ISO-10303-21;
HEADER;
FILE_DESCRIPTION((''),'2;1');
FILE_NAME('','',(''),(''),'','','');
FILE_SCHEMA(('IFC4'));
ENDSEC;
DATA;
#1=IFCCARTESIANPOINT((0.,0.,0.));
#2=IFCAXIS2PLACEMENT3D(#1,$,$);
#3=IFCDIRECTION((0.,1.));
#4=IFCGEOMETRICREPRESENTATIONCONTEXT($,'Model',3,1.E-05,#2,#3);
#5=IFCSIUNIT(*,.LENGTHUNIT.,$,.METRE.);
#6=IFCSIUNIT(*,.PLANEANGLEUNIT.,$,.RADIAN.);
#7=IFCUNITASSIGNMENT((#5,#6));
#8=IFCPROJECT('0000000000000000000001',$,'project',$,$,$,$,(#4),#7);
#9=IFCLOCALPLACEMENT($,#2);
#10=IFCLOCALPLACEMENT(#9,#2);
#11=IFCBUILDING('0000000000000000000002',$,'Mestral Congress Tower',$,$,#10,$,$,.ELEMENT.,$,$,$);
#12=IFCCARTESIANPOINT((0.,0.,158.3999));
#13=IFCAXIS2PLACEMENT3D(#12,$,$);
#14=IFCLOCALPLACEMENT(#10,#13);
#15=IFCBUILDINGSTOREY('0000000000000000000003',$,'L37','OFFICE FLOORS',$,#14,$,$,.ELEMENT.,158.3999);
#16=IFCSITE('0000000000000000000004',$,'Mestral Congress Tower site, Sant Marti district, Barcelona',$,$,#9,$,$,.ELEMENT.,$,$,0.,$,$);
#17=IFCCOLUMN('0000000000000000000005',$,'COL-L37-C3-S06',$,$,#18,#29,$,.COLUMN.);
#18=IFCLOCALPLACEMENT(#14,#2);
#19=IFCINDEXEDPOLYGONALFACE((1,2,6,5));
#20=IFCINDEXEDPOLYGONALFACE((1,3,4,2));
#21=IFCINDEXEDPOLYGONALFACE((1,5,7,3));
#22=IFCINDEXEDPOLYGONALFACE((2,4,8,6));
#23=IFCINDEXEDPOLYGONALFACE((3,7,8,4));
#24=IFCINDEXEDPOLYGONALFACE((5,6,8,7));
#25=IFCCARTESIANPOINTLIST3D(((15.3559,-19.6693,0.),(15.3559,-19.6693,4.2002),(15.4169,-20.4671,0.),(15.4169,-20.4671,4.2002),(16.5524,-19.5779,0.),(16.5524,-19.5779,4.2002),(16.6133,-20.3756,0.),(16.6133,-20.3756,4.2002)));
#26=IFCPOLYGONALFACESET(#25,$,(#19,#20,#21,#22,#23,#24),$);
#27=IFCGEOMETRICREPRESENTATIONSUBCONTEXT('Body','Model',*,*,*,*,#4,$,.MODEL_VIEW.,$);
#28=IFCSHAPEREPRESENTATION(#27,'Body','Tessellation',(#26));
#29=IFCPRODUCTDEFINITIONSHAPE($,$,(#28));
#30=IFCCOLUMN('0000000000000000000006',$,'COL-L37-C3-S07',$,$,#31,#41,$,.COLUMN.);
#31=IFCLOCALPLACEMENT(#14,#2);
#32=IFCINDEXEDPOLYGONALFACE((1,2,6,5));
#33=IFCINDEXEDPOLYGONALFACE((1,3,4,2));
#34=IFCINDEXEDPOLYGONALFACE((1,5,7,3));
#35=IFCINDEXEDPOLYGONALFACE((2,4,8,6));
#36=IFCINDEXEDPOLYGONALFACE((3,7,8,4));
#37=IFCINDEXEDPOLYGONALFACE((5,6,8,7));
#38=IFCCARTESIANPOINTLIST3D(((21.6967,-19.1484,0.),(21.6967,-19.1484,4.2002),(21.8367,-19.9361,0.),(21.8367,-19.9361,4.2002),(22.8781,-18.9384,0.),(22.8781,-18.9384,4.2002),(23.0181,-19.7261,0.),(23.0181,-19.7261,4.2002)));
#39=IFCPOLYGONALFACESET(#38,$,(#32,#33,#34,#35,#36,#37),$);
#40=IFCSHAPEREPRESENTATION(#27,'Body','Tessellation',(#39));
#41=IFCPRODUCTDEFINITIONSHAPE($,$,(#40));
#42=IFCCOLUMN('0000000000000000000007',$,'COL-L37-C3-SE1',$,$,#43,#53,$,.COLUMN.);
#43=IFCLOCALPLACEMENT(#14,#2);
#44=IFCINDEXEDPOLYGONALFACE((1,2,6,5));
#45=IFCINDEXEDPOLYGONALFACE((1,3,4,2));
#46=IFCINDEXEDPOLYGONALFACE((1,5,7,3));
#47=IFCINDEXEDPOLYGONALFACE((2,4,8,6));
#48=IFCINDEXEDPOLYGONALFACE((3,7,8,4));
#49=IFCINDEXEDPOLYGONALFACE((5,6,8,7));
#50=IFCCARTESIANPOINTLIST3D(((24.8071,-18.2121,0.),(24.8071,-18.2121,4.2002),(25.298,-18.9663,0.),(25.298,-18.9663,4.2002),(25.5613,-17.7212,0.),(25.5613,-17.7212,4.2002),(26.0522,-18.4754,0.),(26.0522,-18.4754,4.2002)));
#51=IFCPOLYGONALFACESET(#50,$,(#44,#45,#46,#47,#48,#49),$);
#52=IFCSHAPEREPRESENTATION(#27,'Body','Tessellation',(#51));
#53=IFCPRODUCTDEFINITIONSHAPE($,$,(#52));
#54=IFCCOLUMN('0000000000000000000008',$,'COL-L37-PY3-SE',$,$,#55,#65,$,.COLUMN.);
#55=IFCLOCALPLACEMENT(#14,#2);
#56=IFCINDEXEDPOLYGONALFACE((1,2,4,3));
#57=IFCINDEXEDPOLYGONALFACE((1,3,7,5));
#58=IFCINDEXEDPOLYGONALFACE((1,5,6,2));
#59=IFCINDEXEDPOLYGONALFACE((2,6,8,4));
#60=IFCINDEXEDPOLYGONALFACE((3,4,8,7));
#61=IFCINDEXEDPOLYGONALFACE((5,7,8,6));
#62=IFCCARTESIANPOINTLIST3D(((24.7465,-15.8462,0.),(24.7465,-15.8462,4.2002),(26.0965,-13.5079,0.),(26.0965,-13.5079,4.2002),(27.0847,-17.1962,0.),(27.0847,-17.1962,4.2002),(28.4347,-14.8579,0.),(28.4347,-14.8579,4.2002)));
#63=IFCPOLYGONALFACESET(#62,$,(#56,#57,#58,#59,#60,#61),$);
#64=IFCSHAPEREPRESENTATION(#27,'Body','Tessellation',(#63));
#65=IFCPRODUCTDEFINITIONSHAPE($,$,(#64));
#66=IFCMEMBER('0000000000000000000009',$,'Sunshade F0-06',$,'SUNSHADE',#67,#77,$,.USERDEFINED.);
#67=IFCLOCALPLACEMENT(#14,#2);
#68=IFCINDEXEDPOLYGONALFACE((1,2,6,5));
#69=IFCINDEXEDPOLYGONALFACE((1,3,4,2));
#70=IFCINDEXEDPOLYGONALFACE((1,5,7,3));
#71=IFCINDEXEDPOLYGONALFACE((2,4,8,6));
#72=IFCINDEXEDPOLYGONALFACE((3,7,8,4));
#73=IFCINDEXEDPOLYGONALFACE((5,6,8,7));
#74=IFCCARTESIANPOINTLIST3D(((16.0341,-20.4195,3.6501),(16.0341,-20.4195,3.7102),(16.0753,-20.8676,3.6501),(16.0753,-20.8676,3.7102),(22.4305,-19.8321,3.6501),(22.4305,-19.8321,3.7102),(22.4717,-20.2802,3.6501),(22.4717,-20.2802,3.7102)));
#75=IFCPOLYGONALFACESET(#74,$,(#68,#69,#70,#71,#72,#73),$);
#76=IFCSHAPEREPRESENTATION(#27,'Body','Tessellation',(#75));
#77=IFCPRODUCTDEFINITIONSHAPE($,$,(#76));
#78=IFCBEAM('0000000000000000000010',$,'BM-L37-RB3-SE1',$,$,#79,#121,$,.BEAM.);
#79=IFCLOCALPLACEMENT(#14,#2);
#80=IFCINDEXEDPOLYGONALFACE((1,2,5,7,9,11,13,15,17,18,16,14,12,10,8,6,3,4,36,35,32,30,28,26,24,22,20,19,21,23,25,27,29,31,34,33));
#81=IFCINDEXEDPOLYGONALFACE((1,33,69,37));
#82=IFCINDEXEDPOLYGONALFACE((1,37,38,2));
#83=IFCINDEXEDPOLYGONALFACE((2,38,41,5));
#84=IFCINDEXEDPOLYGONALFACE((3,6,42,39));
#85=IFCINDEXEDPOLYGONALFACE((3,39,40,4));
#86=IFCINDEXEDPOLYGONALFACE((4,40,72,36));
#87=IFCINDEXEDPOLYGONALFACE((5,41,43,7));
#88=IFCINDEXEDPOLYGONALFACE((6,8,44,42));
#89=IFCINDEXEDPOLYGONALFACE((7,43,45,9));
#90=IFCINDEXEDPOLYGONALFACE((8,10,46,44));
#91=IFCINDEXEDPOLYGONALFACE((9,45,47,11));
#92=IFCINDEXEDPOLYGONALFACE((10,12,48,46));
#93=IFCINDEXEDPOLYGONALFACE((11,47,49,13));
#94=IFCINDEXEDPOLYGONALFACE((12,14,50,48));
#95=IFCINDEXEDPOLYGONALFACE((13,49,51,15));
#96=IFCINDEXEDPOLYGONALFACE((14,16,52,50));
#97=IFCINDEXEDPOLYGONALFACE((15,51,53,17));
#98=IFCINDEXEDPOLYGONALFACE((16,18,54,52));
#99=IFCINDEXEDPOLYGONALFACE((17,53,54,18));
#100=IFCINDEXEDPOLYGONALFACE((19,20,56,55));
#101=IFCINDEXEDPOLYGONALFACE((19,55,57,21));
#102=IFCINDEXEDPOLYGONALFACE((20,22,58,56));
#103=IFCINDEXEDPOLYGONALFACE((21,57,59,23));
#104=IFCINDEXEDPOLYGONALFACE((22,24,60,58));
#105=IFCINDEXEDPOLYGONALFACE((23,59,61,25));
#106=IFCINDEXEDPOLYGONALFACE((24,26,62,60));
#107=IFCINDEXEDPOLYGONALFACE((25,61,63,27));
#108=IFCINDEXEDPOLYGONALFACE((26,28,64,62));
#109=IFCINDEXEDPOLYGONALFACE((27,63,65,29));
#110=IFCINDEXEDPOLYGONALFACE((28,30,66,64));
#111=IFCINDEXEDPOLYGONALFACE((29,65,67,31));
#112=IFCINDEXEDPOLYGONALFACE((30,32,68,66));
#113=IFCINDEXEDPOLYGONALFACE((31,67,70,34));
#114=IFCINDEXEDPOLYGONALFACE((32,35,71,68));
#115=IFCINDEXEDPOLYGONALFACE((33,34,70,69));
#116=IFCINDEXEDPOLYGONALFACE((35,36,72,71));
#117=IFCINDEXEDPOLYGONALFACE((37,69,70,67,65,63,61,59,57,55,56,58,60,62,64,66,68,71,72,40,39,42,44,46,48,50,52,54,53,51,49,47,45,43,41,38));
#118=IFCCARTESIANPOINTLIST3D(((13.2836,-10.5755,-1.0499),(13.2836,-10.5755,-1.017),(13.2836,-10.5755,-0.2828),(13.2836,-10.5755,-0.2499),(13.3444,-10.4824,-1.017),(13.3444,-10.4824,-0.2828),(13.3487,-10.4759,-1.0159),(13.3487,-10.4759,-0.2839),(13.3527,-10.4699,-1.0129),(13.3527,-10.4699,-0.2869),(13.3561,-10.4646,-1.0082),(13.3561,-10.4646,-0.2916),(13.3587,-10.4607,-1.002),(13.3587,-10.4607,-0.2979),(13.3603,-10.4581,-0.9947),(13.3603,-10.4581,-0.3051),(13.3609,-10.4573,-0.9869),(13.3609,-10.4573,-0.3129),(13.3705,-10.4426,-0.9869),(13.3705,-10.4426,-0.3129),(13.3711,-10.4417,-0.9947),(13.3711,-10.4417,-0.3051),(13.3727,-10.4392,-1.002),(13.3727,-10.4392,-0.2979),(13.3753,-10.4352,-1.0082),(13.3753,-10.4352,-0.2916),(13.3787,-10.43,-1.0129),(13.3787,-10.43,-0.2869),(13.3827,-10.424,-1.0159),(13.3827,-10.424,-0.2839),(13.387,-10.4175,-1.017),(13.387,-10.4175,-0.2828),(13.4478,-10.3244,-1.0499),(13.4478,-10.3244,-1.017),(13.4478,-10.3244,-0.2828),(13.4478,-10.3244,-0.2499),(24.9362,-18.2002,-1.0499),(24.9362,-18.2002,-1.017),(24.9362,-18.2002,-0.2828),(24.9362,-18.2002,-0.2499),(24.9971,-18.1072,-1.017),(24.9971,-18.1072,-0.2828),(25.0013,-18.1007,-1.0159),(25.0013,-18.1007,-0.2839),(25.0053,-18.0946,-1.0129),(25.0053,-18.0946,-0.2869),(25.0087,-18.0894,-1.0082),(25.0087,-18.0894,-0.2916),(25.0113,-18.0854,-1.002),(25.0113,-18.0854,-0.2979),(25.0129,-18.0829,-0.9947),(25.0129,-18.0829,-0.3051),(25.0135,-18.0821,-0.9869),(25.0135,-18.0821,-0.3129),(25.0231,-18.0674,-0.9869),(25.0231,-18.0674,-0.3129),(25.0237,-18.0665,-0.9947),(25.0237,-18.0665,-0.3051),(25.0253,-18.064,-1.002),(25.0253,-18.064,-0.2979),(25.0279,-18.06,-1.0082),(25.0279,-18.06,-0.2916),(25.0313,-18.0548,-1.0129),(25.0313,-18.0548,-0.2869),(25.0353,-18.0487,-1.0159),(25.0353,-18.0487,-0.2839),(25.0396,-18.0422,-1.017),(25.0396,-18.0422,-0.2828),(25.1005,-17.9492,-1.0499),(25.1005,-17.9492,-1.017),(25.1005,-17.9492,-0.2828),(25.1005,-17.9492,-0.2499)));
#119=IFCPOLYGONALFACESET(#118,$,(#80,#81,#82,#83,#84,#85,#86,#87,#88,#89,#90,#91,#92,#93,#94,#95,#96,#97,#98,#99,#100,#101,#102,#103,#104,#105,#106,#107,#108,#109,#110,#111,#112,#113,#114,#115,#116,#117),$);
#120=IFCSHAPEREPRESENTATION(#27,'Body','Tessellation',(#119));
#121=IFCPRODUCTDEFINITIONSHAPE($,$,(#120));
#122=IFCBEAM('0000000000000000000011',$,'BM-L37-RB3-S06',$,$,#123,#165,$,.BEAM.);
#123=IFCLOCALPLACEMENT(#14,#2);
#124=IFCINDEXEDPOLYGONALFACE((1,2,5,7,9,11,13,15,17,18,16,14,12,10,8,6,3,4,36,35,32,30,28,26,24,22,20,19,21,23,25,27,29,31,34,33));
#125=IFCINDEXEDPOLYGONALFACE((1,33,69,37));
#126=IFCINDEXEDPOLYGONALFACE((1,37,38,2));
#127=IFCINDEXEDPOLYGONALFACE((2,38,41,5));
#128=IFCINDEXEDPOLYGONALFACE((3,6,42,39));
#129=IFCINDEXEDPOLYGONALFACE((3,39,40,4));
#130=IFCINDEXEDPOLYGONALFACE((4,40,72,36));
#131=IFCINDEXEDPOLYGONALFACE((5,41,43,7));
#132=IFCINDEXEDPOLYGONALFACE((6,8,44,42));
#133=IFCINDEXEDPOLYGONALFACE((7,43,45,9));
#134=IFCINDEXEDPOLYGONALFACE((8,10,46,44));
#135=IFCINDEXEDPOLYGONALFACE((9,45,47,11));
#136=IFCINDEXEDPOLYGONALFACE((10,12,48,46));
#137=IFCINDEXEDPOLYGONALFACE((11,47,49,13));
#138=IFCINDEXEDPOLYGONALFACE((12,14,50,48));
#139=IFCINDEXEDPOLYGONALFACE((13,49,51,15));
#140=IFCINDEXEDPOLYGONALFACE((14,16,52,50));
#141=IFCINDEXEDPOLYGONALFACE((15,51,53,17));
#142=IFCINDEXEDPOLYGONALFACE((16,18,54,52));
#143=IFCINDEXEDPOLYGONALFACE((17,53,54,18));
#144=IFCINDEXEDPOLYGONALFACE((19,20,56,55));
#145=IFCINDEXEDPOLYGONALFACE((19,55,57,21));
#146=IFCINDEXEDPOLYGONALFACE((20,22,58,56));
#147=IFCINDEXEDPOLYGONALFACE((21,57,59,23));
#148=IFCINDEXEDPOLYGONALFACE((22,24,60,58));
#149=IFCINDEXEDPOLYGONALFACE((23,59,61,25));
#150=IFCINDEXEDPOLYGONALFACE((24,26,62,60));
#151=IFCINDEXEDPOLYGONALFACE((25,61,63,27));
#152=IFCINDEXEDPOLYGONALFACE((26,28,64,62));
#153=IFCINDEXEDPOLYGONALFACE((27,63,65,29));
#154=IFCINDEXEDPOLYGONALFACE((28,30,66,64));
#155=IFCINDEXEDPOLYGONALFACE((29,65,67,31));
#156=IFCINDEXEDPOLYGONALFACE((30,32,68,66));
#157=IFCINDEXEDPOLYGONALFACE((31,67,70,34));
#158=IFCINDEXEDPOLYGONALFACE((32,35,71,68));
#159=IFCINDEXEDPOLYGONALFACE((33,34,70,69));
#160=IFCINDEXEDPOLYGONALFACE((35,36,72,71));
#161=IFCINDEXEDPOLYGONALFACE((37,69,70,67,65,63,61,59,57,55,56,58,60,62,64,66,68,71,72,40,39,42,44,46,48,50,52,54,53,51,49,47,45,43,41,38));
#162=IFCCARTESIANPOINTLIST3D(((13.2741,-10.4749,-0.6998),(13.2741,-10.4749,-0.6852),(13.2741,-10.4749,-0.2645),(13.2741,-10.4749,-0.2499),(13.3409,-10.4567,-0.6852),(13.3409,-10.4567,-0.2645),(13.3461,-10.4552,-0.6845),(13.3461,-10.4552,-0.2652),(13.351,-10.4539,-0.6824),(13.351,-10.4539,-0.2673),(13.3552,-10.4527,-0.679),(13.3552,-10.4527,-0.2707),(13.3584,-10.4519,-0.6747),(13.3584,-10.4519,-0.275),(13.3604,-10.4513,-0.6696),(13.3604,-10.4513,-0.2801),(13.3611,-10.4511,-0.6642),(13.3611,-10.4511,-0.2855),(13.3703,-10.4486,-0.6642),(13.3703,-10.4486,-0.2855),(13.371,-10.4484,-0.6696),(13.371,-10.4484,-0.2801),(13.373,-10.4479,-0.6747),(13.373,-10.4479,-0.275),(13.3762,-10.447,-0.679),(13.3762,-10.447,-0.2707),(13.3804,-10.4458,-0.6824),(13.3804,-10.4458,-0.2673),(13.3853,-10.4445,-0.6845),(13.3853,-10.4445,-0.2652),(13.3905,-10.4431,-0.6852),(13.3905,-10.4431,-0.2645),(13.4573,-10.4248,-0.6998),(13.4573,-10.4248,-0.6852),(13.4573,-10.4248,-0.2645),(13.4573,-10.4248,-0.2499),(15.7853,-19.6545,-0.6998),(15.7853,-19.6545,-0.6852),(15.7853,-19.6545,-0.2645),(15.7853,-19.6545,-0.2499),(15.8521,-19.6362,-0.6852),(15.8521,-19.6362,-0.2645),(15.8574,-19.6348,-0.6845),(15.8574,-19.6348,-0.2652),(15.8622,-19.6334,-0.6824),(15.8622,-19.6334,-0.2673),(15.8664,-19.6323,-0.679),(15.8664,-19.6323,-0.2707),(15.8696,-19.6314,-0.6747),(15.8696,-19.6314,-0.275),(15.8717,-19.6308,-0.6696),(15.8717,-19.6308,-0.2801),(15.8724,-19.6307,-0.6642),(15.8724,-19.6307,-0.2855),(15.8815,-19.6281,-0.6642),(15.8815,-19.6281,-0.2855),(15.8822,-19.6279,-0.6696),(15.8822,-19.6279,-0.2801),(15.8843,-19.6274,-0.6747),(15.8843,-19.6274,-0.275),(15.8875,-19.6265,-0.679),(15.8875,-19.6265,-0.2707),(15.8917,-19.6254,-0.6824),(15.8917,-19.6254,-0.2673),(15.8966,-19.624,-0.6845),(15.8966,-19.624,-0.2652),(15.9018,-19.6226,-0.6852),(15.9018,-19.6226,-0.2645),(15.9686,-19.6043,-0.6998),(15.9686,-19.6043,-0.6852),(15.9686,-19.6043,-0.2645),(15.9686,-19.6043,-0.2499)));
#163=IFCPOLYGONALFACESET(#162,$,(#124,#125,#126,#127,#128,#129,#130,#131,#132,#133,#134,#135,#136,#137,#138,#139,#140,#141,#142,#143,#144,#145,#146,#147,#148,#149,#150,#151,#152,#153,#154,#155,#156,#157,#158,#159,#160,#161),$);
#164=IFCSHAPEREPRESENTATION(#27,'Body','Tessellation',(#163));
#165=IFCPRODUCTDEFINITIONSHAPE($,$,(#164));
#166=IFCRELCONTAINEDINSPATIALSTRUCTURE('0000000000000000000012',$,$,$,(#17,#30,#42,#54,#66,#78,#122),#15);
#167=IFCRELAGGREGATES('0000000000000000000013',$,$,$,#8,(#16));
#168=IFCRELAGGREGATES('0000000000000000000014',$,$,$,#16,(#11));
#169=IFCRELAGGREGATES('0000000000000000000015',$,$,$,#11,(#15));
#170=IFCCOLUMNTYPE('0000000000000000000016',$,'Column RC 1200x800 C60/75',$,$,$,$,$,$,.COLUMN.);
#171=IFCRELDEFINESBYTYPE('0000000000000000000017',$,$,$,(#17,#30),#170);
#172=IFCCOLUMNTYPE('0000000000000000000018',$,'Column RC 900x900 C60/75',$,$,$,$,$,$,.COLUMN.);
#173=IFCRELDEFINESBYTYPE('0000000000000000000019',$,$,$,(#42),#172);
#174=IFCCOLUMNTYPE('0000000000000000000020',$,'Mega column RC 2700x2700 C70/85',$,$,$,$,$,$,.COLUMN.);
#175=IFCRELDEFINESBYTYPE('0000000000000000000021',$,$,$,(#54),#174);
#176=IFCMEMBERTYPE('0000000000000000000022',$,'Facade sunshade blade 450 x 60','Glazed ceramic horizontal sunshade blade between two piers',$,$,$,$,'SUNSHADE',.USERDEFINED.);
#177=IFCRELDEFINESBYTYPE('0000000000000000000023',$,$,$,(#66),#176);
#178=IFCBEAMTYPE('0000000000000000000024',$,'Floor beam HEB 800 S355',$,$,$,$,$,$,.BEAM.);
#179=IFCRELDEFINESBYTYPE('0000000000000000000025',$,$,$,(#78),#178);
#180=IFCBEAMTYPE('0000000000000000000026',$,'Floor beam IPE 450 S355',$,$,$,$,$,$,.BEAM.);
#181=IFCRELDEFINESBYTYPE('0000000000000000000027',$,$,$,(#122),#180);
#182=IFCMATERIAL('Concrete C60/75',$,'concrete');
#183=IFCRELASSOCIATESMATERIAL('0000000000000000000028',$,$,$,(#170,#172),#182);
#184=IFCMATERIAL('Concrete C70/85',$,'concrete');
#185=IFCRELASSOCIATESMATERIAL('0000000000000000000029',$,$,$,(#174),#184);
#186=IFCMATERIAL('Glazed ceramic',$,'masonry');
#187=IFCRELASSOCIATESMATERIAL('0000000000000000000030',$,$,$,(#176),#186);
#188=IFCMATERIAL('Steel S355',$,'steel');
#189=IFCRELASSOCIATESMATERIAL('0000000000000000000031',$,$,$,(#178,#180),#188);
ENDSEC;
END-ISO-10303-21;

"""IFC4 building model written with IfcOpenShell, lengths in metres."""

from ifc_helpers import new_model, si_unit, direction, frame, origin, origin_2d, place, context, subcontext, project, spatial, rectangle, i_section, extrude, material, material_profile, profile_set, type_object, element, save


model = new_model("IFC4")

# Units and contexts
model_context = context("Model", 3, precision=1e-05, world=origin(), true_north=direction((0.0, 1.0)))
body_context = subcontext(model_context, "Body", "Model", "MODEL_VIEW")
ifc_project = project(units=[si_unit("LENGTHUNIT", "METRE"), si_unit("PLANEANGLEUNIT", "RADIAN")], contexts=[model_context])

# Site, building, storey
site_placement = place(None, origin())
site = spatial("IfcSite", under=ifc_project, at=site_placement, Name="Mestral Congress Tower site, Sant Marti district, Barcelona", CompositionType="ELEMENT", RefElevation=0.0)
building_placement = place(site_placement, origin())
building = spatial("IfcBuilding", under=site, at=building_placement, Name="Mestral Congress Tower", CompositionType="ELEMENT")
storey_placement = place(building_placement, frame((0.0, 0.0, 158.3999)))
storey = spatial("IfcBuildingStorey", under=building, at=storey_placement, Name="L37", Description="OFFICE FLOORS", CompositionType="ELEMENT", Elevation=158.3999)

# Columns
ifc_material_1 = material(Name="Concrete C60/75", Category="concrete")
ifc_material_profile_1 = material_profile(ifc_material_1, rectangle(XDim=1.2, YDim=0.8, at=origin_2d()), Name="RC 1200x800")
ifc_profile_set_1 = profile_set([ifc_material_profile_1], Name="Concrete C60/75")
column_type_1 = type_object("IfcColumnType", Name="Column RC 1200x800 C60/75", PredefinedType="COLUMN", material=ifc_profile_set_1)
for number, where, z_axis, x_axis, name in (
    (1, (15.9846, -20.0225, 0.0), (0.0, 0.0, 1.0), (0.99709, 0.076237, 0.0), "COL-L37-C3-S06"),
    (2, (22.3574, -19.4373, 0.0), (0.0, 0.0, 1.0), (0.984571, 0.174985, 0.0), "COL-L37-C3-S07"),
):
    element("IfcColumn", number, at=place(storey_placement, frame(where, z_axis=z_axis, x_axis=x_axis)), inside=storey, type_object=column_type_1, Name=name, PredefinedType="COLUMN", context=body_context, shape_type="SweptSolid", body=[
        extrude(rectangle(XDim=1.2, YDim=0.8, at=origin_2d()), origin(), (0.0, 0.0, 1.0), 4.2002),
    ])
ifc_material_profile_2 = material_profile(ifc_material_1, rectangle(XDim=0.8999, YDim=0.8999, at=origin_2d()), Name="RC 900x900")
ifc_profile_set_2 = profile_set([ifc_material_profile_2], Name="Concrete C60/75")
column_type_2 = type_object("IfcColumnType", Name="Column RC 900x900 C60/75", PredefinedType="COLUMN", material=ifc_profile_set_2)
column_1_placement = place(storey_placement, frame((25.4297, -18.3438, 0.0), z_axis=(0.0, 0.0, 1.0), x_axis=(0.838094, 0.545526, 0.0)))
element("IfcColumn", 3, at=column_1_placement, inside=storey, type_object=column_type_2, Name="COL-L37-C3-SE1", PredefinedType="COLUMN", context=body_context, shape_type="SweptSolid", body=[
    extrude(rectangle(XDim=0.8999, YDim=0.8999, at=origin_2d()), origin(), (0.0, 0.0, 1.0), 4.2002),
])
ifc_material_2 = material(Name="Concrete C70/85", Category="concrete")
ifc_material_profile_3 = material_profile(ifc_material_2, rectangle(XDim=2.7, YDim=2.7, at=origin_2d()), Name="RC 2700x2700")
ifc_profile_set_3 = profile_set([ifc_material_profile_3], Name="Concrete C70/85")
column_type_3 = type_object("IfcColumnType", Name="Mega column RC 2700x2700 C70/85", PredefinedType="COLUMN", material=ifc_profile_set_3)
column_2_placement = place(storey_placement, frame((26.5906, -15.3521, 0.0), z_axis=(0.0, 0.0, 1.0), x_axis=(0.866025, -0.5, 0.0)))
element("IfcColumn", 4, at=column_2_placement, inside=storey, type_object=column_type_3, Name="COL-L37-PY3-SE", PredefinedType="COLUMN", context=body_context, shape_type="SweptSolid", body=[
    extrude(rectangle(XDim=2.7, YDim=2.7, at=origin_2d()), origin(), (0.0, 0.0, 1.0), 4.2002),
])

# Member
ifc_material_3 = material(Name="Glazed ceramic", Category="masonry")
ifc_material_profile_4 = material_profile(ifc_material_3, rectangle(XDim=0.45, YDim=0.0601, at=origin_2d()), Name="Ceramic blade 450 x 60")
ifc_profile_set_4 = profile_set([ifc_material_profile_4], Name="Glazed ceramic")
member_type = type_object("IfcMemberType", Name="Facade sunshade blade 450 x 60", Description="Glazed ceramic horizontal sunshade blade between two piers", ElementType="SUNSHADE", PredefinedType="USERDEFINED", material=ifc_profile_set_4)
member_placement = place(storey_placement, frame((16.0547, -20.6436, 3.6802), z_axis=(0.99581, 0.091447, 0.0), x_axis=(-0.091447, 0.99581, 0.0)))
element("IfcMember", 5, at=member_placement, inside=storey, type_object=member_type, Name="Sunshade F0-06", ObjectType="SUNSHADE", PredefinedType="USERDEFINED", context=body_context, shape_type="SweptSolid", body=[
    extrude(rectangle(XDim=0.45, YDim=0.0601, at=origin_2d()), origin(), (0.0, 0.0, 1.0), 6.4233),
])

# Beams
ifc_material_4 = material(Name="Steel S355", Category="steel")
ifc_material_profile_5 = material_profile(ifc_material_4, i_section(OverallWidth=0.3, OverallDepth=0.8, WebThickness=0.0176, FlangeThickness=0.033, FilletRadius=0.03, at=origin_2d()), Name="HEB 800")
ifc_profile_set_5 = profile_set([ifc_material_profile_5], Name="Steel S355")
beam_type_1 = type_object("IfcBeamType", Name="Floor beam HEB 800 S355", PredefinedType="BEAM", material=ifc_profile_set_5)
beam_1_placement = place(storey_placement, frame((25.0183, -18.0747, -0.6499), z_axis=(-0.83678, 0.547539, 0.0), x_axis=(-0.547539, -0.83678, 0.0)))
element("IfcBeam", 6, at=beam_1_placement, inside=storey, type_object=beam_type_1, Name="BM-L37-RB3-SE1", PredefinedType="BEAM", context=body_context, shape_type="SweptSolid", body=[
    extrude(i_section(OverallWidth=0.3, OverallDepth=0.8, WebThickness=0.0176, FlangeThickness=0.033, FilletRadius=0.03, at=origin_2d()), origin(), (0.0, 0.0, 1.0), 13.9255),
])
ifc_material_profile_6 = material_profile(ifc_material_4, i_section(OverallWidth=0.1899, OverallDepth=0.45, WebThickness=0.0095, FlangeThickness=0.0146, FilletRadius=0.021, at=origin_2d()), Name="IPE 450")
ifc_profile_set_6 = profile_set([ifc_material_profile_6], Name="Steel S355")
beam_type_2 = type_object("IfcBeamType", Name="Floor beam IPE 450 S355", PredefinedType="BEAM", material=ifc_profile_set_6)
beam_2_placement = place(storey_placement, frame((15.877, -19.6294, -0.4749), z_axis=(-0.263875, 0.964557, 0.0), x_axis=(-0.964557, -0.263875, 0.0)))
element("IfcBeam", 7, at=beam_2_placement, inside=storey, type_object=beam_type_2, Name="BM-L37-RB3-S06", PredefinedType="BEAM", context=body_context, shape_type="SweptSolid", body=[
    extrude(i_section(OverallWidth=0.1899, OverallDepth=0.45, WebThickness=0.0095, FlangeThickness=0.0146, FilletRadius=0.021, at=origin_2d()), origin(), (0.0, 0.0, 1.0), 9.5168),
])

save(model, "model.ifc")
